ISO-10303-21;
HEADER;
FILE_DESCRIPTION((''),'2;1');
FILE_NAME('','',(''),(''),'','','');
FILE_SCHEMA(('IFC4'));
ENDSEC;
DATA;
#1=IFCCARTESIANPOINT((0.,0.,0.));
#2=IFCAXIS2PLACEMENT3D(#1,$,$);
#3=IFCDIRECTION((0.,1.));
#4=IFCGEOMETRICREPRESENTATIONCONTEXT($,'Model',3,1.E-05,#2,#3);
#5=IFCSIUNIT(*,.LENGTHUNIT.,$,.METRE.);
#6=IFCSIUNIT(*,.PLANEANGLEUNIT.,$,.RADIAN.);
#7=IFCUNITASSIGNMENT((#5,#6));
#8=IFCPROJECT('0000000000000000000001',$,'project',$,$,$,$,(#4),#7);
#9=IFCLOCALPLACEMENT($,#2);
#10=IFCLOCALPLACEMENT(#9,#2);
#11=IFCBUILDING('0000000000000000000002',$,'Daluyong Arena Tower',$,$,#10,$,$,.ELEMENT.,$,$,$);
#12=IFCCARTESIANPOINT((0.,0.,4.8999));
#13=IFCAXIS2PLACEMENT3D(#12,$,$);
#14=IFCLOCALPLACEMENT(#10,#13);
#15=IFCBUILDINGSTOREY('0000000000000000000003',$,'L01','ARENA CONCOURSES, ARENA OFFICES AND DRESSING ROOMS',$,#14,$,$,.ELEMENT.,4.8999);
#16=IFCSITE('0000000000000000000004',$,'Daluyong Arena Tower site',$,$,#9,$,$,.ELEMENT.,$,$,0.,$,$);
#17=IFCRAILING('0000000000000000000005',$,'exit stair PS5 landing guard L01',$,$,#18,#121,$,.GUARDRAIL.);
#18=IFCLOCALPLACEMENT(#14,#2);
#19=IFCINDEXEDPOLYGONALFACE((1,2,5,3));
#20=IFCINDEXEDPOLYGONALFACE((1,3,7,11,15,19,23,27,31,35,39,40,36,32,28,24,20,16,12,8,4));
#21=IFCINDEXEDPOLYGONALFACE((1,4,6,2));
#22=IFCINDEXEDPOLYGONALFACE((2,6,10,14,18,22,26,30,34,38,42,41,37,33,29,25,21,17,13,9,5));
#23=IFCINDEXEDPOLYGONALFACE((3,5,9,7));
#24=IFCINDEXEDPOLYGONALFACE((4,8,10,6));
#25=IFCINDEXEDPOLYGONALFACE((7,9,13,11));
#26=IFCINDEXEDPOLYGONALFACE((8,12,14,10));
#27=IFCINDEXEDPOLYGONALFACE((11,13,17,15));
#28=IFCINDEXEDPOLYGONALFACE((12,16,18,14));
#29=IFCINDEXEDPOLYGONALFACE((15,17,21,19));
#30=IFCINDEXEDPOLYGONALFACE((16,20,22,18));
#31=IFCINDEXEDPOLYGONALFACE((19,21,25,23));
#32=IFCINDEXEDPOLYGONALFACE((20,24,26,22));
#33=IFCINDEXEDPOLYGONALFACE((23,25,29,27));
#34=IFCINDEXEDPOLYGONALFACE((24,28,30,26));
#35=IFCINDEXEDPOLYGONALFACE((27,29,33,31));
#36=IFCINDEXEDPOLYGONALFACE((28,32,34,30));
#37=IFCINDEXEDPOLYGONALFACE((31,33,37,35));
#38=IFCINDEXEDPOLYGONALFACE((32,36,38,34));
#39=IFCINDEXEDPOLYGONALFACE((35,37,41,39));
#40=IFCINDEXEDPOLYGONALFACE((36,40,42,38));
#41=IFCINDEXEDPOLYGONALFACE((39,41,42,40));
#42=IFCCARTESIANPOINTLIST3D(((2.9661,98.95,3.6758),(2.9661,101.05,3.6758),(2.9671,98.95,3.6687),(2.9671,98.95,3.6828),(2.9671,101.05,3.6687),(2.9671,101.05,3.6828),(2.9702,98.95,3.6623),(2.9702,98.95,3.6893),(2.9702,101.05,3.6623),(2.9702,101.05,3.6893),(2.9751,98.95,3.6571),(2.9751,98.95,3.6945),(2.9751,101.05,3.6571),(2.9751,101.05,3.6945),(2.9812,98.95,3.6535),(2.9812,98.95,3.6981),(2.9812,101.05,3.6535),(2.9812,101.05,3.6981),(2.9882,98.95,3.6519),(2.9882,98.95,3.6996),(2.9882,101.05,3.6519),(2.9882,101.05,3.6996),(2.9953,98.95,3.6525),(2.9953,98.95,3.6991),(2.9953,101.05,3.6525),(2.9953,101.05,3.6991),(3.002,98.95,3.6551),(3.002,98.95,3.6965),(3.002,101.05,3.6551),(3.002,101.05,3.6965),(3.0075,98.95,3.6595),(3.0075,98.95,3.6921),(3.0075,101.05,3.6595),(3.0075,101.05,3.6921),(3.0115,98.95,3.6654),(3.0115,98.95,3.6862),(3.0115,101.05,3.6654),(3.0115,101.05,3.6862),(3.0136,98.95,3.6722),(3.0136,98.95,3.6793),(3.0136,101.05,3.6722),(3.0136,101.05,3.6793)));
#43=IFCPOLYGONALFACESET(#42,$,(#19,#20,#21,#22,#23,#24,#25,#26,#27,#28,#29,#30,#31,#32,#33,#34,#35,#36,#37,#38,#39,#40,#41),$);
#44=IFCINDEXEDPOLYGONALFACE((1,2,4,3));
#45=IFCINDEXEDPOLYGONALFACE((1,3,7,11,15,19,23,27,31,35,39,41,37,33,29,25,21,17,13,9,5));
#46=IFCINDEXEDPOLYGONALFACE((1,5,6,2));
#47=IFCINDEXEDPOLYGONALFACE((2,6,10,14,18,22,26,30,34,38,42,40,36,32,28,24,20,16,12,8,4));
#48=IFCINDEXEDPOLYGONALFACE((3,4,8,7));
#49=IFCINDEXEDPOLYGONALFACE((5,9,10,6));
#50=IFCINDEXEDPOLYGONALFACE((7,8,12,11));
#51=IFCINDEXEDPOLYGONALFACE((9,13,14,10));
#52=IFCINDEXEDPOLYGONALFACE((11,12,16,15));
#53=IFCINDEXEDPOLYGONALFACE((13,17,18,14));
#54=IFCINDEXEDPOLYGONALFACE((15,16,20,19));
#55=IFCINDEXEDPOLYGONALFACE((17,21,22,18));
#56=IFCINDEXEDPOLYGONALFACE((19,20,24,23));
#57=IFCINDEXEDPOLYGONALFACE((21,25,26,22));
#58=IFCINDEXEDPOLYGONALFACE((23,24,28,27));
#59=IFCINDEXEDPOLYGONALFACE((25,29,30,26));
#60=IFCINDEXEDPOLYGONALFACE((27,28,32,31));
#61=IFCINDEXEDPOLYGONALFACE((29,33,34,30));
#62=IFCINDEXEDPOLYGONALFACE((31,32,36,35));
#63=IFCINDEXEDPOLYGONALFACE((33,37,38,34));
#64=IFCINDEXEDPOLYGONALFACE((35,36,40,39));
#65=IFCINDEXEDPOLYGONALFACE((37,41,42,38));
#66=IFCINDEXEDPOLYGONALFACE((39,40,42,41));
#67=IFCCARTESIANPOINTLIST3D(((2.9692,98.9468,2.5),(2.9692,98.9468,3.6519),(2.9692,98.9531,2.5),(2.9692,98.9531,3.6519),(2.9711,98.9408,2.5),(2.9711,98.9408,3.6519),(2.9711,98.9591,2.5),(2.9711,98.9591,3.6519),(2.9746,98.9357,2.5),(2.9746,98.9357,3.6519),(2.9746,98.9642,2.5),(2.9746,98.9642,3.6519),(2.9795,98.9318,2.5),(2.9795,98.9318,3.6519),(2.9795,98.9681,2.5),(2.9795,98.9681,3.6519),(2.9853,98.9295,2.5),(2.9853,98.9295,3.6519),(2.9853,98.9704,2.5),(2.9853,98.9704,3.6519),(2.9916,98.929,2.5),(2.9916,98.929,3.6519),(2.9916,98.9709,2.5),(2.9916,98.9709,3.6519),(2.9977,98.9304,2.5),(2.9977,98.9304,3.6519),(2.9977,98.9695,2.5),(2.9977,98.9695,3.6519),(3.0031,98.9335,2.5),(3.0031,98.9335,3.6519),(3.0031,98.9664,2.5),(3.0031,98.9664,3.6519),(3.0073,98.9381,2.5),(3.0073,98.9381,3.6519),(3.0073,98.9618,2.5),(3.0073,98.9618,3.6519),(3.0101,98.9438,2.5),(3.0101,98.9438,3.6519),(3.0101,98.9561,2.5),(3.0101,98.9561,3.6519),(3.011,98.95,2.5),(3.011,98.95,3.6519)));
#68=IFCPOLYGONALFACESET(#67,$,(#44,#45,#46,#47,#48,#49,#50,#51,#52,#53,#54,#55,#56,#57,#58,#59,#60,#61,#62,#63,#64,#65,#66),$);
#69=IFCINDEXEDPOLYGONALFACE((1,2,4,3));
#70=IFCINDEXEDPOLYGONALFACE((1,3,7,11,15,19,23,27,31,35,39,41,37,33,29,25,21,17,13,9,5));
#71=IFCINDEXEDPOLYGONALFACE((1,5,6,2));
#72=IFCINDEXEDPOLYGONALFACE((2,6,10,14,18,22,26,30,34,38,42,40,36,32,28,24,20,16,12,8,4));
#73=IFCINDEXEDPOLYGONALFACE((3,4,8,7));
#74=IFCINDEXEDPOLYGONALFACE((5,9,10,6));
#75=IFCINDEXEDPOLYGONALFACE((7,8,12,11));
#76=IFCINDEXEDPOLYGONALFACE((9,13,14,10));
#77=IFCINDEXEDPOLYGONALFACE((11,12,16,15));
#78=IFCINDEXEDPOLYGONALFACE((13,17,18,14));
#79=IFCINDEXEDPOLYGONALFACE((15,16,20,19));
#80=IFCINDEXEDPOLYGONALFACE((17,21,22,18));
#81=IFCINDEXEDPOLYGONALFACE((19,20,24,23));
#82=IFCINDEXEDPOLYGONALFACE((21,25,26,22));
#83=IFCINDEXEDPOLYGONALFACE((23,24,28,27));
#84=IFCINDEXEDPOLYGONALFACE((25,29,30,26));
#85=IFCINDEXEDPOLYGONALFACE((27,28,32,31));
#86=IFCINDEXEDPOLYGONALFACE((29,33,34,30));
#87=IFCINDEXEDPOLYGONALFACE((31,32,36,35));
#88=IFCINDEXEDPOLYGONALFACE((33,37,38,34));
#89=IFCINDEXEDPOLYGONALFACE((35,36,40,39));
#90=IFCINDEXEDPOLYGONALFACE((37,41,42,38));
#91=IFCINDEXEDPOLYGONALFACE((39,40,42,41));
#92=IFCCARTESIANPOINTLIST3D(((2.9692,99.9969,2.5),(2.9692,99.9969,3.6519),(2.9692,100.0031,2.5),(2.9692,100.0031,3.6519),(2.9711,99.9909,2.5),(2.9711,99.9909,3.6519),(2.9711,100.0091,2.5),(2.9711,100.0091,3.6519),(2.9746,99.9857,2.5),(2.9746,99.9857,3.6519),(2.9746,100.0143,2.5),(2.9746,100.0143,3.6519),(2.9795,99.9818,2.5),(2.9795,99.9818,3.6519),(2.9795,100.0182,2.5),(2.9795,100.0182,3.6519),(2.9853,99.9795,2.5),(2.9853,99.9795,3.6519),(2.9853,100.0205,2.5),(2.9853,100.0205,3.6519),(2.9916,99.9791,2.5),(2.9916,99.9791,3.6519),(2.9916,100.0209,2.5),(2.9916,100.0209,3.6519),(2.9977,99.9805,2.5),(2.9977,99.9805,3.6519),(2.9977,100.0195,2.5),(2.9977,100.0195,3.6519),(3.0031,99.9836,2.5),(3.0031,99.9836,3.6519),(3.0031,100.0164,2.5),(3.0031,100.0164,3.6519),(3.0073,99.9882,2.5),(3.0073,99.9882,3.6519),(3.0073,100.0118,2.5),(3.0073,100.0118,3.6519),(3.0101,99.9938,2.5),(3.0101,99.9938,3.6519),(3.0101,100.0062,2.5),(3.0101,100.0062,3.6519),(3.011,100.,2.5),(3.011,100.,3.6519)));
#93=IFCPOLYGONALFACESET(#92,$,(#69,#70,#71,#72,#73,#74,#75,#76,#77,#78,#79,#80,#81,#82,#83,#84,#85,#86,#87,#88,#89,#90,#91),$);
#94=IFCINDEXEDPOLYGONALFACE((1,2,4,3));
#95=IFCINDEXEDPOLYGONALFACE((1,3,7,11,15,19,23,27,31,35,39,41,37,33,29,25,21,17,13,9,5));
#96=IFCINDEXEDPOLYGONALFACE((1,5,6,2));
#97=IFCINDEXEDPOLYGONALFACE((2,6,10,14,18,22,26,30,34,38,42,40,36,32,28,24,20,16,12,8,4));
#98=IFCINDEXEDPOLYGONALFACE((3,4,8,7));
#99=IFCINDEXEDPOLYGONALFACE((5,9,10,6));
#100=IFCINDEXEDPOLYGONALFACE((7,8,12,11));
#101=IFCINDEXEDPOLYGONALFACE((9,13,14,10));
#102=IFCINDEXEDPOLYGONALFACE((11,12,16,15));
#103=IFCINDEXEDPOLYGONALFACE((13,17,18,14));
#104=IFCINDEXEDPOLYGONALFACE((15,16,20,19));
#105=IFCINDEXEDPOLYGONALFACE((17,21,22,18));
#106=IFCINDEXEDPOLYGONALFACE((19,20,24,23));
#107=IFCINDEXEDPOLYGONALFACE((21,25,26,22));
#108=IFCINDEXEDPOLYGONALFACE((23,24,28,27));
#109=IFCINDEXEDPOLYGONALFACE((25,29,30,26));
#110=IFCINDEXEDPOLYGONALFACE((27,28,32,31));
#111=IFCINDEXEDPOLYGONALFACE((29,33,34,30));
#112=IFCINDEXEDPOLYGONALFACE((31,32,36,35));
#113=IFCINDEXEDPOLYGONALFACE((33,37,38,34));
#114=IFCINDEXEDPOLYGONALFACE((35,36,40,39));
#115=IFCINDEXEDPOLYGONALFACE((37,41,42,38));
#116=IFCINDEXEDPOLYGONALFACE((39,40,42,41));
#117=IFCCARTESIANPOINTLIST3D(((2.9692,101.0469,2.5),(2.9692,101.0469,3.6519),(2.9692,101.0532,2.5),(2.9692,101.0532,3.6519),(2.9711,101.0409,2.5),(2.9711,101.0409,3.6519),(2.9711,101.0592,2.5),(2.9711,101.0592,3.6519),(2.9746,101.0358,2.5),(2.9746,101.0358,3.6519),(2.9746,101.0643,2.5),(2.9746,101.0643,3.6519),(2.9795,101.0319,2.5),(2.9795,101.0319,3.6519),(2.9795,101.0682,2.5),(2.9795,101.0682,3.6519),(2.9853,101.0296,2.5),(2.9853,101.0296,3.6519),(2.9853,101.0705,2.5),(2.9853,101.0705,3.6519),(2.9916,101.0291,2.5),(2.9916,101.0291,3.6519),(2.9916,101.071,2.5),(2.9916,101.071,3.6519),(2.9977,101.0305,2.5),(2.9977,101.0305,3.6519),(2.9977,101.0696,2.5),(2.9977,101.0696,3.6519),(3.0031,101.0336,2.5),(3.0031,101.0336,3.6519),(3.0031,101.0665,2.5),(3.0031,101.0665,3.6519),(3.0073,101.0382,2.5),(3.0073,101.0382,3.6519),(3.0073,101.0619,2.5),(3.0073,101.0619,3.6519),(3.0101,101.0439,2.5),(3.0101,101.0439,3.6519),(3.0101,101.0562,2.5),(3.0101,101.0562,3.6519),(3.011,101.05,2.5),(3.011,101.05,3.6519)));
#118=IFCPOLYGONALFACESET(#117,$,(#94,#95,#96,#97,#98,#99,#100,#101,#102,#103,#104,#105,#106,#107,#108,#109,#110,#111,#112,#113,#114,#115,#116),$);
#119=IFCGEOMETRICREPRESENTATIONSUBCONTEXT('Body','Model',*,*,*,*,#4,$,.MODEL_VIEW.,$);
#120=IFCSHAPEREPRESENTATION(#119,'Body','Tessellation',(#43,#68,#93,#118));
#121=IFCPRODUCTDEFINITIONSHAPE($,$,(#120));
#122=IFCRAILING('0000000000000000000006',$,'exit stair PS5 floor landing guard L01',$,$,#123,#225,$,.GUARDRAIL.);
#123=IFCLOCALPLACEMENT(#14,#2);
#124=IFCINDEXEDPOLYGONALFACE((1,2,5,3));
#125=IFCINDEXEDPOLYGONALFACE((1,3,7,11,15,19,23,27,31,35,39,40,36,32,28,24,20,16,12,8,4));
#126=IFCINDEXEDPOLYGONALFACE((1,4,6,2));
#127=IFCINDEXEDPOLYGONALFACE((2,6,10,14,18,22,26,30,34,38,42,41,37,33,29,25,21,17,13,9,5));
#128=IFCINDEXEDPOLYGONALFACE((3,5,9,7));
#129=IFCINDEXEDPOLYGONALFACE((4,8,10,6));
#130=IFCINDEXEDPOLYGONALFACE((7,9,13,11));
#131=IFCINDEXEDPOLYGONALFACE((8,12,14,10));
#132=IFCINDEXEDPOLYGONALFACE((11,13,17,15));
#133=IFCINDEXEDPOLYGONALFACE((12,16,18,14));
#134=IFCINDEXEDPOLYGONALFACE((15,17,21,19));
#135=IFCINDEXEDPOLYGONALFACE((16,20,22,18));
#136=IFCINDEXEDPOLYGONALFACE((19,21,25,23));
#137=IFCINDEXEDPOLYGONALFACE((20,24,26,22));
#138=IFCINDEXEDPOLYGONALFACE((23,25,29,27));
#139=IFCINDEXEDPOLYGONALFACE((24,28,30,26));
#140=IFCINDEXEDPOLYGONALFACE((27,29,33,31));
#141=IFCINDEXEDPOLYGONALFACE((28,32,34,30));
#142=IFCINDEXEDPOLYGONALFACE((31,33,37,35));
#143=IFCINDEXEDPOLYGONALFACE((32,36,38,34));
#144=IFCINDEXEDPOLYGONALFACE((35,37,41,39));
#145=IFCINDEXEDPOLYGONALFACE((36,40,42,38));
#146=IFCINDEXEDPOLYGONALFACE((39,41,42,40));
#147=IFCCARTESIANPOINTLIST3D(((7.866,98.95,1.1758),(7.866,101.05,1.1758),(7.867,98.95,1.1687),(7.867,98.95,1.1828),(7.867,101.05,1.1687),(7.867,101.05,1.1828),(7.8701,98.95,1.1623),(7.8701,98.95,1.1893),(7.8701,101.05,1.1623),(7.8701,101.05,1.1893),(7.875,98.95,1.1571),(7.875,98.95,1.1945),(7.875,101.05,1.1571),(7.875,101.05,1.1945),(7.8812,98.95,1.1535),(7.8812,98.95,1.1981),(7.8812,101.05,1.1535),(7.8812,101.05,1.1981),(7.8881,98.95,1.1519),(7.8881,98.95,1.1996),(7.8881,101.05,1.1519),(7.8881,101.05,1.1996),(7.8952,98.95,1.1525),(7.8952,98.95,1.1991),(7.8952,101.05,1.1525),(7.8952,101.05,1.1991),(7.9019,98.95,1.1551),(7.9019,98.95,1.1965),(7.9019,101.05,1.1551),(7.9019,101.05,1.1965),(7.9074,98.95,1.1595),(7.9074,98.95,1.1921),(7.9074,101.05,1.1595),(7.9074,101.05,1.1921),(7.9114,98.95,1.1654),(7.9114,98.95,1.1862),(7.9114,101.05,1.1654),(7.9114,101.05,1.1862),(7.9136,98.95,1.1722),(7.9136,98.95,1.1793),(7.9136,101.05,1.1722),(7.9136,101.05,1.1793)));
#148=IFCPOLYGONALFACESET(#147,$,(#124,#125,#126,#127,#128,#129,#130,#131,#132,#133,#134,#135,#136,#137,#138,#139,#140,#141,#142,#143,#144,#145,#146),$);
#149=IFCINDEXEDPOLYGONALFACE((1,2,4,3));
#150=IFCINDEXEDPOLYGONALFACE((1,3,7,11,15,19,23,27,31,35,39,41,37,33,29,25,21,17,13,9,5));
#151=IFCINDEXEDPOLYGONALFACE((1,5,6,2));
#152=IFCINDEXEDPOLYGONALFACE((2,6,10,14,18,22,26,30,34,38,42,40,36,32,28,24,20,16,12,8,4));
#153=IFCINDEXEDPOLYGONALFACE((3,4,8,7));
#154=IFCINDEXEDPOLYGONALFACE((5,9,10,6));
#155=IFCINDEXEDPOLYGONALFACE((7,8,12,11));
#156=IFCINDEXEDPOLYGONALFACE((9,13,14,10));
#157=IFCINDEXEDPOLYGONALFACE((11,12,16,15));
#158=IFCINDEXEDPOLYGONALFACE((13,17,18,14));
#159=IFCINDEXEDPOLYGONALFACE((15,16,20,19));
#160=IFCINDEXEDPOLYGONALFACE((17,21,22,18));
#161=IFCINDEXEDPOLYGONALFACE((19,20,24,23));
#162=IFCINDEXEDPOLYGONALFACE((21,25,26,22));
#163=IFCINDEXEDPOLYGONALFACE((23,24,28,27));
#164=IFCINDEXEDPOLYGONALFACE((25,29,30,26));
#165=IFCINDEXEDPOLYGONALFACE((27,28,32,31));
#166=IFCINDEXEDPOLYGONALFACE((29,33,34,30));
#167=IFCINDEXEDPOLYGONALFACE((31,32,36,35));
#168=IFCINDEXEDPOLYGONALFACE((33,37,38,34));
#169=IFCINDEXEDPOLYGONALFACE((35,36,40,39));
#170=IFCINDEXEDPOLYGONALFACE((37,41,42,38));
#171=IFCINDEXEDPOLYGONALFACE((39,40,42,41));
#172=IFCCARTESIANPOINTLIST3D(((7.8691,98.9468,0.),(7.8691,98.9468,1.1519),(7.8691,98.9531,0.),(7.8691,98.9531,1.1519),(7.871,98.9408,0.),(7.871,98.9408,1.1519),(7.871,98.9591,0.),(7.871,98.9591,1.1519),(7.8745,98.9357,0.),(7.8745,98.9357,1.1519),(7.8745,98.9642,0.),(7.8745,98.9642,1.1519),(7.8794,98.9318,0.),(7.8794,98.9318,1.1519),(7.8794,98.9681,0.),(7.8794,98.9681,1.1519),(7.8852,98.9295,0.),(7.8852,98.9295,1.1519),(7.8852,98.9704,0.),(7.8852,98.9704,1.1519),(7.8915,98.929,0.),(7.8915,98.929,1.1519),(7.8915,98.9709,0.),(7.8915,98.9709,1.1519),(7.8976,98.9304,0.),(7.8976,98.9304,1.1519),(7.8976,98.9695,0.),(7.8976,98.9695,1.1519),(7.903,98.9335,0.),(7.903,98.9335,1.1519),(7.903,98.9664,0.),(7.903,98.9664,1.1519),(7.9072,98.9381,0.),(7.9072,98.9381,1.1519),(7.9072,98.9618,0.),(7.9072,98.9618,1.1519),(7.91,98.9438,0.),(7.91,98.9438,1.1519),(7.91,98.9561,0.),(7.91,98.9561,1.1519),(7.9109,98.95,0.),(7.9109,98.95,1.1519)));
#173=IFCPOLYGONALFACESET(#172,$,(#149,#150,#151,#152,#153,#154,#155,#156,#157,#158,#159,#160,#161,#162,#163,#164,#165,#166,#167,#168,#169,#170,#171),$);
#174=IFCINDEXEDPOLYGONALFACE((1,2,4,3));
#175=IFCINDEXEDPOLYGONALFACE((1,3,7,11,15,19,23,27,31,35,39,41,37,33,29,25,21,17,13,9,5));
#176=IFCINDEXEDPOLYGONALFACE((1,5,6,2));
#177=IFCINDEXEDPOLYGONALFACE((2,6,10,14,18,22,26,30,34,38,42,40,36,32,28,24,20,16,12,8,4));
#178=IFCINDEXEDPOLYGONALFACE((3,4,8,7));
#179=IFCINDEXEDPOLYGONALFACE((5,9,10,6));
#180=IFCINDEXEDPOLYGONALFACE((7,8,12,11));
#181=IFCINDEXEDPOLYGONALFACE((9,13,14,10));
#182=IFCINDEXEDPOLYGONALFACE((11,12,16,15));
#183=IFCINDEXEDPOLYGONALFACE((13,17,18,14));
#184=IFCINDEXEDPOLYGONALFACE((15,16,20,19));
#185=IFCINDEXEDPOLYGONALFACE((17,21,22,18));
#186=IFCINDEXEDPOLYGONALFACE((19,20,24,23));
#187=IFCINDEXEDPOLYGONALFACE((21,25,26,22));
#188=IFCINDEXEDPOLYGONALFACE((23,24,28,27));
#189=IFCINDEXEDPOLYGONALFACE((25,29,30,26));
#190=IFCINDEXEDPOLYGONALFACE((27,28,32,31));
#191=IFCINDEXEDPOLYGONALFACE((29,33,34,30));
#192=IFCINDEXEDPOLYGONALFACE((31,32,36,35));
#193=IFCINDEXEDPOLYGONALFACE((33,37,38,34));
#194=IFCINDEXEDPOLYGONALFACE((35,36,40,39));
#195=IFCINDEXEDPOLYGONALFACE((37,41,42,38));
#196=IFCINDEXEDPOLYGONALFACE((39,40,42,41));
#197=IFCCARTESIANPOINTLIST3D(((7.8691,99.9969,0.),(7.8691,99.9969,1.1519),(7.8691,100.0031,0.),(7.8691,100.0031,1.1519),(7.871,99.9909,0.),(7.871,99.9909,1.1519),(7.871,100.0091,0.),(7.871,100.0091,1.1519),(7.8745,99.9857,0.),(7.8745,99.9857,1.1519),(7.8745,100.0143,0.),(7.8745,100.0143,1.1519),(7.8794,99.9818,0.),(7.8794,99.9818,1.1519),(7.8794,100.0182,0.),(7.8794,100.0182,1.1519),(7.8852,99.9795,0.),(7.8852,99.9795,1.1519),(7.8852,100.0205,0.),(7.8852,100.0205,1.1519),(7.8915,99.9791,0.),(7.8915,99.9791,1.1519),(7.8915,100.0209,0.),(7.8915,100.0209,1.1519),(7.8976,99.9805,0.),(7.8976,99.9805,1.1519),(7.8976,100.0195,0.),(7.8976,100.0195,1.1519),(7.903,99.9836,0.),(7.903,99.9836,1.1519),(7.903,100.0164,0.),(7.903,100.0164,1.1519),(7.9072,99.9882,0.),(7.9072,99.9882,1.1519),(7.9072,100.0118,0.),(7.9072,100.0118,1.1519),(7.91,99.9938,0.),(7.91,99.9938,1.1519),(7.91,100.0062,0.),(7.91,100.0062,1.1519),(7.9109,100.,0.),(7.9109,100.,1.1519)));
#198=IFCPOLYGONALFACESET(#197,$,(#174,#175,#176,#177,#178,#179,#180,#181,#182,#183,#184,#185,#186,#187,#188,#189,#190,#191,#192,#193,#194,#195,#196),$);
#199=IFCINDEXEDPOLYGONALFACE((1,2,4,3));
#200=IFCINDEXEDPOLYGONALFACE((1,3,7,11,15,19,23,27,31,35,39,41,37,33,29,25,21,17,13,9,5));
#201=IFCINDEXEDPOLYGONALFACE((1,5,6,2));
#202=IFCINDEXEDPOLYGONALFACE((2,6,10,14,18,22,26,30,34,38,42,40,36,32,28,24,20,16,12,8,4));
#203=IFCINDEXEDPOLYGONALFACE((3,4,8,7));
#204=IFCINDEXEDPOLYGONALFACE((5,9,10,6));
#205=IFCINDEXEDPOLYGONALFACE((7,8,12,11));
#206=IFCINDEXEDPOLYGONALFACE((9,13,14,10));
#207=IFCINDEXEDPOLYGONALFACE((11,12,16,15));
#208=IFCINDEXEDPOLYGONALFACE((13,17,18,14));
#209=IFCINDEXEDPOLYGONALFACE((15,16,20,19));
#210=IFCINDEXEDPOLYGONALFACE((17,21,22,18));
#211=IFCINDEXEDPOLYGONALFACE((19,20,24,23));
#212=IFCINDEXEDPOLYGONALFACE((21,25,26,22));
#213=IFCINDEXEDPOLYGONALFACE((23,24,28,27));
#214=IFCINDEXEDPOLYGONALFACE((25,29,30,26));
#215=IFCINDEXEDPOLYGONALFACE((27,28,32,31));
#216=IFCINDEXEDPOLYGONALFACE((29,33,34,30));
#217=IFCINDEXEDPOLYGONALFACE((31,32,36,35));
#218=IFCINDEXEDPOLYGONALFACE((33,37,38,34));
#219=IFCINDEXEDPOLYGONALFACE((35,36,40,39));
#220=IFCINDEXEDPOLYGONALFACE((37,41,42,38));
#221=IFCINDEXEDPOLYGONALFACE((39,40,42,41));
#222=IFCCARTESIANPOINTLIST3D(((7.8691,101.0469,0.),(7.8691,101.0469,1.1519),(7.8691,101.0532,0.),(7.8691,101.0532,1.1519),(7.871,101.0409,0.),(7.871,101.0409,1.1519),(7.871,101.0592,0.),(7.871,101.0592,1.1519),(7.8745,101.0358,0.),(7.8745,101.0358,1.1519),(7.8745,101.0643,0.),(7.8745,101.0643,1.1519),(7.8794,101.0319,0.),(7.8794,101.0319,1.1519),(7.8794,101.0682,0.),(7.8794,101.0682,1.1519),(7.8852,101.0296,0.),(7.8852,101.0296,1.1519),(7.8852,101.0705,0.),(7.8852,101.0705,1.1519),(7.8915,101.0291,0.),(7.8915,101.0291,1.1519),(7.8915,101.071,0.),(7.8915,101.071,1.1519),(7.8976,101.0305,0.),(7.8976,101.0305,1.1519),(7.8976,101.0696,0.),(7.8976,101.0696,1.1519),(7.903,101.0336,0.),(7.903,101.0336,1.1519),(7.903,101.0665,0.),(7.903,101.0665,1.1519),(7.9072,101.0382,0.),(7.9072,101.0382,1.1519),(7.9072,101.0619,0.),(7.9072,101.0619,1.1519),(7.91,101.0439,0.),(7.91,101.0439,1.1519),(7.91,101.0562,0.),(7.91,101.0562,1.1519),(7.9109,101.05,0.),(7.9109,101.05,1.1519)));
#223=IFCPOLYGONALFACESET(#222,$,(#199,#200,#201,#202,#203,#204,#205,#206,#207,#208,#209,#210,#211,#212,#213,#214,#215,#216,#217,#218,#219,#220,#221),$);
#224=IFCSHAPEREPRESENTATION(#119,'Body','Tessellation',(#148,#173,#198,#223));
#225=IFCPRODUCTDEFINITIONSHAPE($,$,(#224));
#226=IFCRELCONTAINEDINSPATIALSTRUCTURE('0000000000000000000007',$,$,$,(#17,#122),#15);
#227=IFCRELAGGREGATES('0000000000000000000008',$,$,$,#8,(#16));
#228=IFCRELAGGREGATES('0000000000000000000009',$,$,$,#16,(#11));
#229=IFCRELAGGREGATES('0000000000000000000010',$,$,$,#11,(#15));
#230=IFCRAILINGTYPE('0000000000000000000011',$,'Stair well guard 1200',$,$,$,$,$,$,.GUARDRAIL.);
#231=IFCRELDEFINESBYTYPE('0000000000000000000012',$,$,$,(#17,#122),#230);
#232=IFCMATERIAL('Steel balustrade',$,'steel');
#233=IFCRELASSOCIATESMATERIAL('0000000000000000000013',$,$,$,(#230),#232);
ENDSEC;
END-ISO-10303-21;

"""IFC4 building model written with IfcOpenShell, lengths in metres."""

from ifc_helpers import new_model, si_unit, direction, frame, origin, origin_2d, place, context, subcontext, project, spatial, circle, extrude, material, type_object, element, save


model = new_model("IFC4")

# Units and contexts
model_context = context("Model", 3, precision=1e-05, world=origin(), true_north=direction((0.0, 1.0)))
body_context = subcontext(model_context, "Body", "Model", "MODEL_VIEW")
ifc_project = project(units=[si_unit("LENGTHUNIT", "METRE"), si_unit("PLANEANGLEUNIT", "RADIAN")], contexts=[model_context])

# Site, building, storey
site_placement = place(None, origin())
site = spatial("IfcSite", under=ifc_project, at=site_placement, Name="Daluyong Arena Tower site", CompositionType="ELEMENT", RefElevation=0.0)
building_placement = place(site_placement, origin())
building = spatial("IfcBuilding", under=site, at=building_placement, Name="Daluyong Arena Tower", CompositionType="ELEMENT")
storey_placement = place(building_placement, frame((0.0, 0.0, 4.8999)))
storey = spatial("IfcBuildingStorey", under=building, at=storey_placement, Name="L01", Description="ARENA CONCOURSES, ARENA OFFICES AND DRESSING ROOMS", CompositionType="ELEMENT", Elevation=4.8999)

# Railings
ifc_material_1 = material(Name="Steel balustrade", Category="steel")
railing_type_1 = type_object("IfcRailingType", Name="Stair well guard 1200", PredefinedType="GUARDRAIL", material=ifc_material_1)
for number, where, name in (
    (1, (2.99, 98.95, 2.5), "exit stair PS5 landing guard L01"),
    (2, (7.8899, 98.95, 0.0), "exit stair PS5 floor landing guard L01"),
):
    element("IfcRailing", number, at=place(storey_placement, frame(where)), inside=storey, type_object=railing_type_1, Name=name, PredefinedType="GUARDRAIL", context=body_context, shape_type="SweptSolid", body=[
        extrude(circle(Radius=0.0239, at=origin_2d()), frame((0.0, 0.0, 1.1758), z_axis=(0.0, 1.0, 0.0), x_axis=(-1.0, 0.0, 0.0)), (0.0, 0.0, 1.0), 2.1001),
        extrude(circle(Radius=0.021, at=origin_2d()), origin(), (0.0, 0.0, 1.0), 1.1519),
        extrude(circle(Radius=0.021, at=origin_2d()), frame((0.0, 1.05, 0.0)), (0.0, 0.0, 1.0), 1.1519),
        extrude(circle(Radius=0.021, at=origin_2d()), frame((0.0, 2.1001, 0.0)), (0.0, 0.0, 1.0), 1.1519),
    ])

save(model, "model.ifc")
